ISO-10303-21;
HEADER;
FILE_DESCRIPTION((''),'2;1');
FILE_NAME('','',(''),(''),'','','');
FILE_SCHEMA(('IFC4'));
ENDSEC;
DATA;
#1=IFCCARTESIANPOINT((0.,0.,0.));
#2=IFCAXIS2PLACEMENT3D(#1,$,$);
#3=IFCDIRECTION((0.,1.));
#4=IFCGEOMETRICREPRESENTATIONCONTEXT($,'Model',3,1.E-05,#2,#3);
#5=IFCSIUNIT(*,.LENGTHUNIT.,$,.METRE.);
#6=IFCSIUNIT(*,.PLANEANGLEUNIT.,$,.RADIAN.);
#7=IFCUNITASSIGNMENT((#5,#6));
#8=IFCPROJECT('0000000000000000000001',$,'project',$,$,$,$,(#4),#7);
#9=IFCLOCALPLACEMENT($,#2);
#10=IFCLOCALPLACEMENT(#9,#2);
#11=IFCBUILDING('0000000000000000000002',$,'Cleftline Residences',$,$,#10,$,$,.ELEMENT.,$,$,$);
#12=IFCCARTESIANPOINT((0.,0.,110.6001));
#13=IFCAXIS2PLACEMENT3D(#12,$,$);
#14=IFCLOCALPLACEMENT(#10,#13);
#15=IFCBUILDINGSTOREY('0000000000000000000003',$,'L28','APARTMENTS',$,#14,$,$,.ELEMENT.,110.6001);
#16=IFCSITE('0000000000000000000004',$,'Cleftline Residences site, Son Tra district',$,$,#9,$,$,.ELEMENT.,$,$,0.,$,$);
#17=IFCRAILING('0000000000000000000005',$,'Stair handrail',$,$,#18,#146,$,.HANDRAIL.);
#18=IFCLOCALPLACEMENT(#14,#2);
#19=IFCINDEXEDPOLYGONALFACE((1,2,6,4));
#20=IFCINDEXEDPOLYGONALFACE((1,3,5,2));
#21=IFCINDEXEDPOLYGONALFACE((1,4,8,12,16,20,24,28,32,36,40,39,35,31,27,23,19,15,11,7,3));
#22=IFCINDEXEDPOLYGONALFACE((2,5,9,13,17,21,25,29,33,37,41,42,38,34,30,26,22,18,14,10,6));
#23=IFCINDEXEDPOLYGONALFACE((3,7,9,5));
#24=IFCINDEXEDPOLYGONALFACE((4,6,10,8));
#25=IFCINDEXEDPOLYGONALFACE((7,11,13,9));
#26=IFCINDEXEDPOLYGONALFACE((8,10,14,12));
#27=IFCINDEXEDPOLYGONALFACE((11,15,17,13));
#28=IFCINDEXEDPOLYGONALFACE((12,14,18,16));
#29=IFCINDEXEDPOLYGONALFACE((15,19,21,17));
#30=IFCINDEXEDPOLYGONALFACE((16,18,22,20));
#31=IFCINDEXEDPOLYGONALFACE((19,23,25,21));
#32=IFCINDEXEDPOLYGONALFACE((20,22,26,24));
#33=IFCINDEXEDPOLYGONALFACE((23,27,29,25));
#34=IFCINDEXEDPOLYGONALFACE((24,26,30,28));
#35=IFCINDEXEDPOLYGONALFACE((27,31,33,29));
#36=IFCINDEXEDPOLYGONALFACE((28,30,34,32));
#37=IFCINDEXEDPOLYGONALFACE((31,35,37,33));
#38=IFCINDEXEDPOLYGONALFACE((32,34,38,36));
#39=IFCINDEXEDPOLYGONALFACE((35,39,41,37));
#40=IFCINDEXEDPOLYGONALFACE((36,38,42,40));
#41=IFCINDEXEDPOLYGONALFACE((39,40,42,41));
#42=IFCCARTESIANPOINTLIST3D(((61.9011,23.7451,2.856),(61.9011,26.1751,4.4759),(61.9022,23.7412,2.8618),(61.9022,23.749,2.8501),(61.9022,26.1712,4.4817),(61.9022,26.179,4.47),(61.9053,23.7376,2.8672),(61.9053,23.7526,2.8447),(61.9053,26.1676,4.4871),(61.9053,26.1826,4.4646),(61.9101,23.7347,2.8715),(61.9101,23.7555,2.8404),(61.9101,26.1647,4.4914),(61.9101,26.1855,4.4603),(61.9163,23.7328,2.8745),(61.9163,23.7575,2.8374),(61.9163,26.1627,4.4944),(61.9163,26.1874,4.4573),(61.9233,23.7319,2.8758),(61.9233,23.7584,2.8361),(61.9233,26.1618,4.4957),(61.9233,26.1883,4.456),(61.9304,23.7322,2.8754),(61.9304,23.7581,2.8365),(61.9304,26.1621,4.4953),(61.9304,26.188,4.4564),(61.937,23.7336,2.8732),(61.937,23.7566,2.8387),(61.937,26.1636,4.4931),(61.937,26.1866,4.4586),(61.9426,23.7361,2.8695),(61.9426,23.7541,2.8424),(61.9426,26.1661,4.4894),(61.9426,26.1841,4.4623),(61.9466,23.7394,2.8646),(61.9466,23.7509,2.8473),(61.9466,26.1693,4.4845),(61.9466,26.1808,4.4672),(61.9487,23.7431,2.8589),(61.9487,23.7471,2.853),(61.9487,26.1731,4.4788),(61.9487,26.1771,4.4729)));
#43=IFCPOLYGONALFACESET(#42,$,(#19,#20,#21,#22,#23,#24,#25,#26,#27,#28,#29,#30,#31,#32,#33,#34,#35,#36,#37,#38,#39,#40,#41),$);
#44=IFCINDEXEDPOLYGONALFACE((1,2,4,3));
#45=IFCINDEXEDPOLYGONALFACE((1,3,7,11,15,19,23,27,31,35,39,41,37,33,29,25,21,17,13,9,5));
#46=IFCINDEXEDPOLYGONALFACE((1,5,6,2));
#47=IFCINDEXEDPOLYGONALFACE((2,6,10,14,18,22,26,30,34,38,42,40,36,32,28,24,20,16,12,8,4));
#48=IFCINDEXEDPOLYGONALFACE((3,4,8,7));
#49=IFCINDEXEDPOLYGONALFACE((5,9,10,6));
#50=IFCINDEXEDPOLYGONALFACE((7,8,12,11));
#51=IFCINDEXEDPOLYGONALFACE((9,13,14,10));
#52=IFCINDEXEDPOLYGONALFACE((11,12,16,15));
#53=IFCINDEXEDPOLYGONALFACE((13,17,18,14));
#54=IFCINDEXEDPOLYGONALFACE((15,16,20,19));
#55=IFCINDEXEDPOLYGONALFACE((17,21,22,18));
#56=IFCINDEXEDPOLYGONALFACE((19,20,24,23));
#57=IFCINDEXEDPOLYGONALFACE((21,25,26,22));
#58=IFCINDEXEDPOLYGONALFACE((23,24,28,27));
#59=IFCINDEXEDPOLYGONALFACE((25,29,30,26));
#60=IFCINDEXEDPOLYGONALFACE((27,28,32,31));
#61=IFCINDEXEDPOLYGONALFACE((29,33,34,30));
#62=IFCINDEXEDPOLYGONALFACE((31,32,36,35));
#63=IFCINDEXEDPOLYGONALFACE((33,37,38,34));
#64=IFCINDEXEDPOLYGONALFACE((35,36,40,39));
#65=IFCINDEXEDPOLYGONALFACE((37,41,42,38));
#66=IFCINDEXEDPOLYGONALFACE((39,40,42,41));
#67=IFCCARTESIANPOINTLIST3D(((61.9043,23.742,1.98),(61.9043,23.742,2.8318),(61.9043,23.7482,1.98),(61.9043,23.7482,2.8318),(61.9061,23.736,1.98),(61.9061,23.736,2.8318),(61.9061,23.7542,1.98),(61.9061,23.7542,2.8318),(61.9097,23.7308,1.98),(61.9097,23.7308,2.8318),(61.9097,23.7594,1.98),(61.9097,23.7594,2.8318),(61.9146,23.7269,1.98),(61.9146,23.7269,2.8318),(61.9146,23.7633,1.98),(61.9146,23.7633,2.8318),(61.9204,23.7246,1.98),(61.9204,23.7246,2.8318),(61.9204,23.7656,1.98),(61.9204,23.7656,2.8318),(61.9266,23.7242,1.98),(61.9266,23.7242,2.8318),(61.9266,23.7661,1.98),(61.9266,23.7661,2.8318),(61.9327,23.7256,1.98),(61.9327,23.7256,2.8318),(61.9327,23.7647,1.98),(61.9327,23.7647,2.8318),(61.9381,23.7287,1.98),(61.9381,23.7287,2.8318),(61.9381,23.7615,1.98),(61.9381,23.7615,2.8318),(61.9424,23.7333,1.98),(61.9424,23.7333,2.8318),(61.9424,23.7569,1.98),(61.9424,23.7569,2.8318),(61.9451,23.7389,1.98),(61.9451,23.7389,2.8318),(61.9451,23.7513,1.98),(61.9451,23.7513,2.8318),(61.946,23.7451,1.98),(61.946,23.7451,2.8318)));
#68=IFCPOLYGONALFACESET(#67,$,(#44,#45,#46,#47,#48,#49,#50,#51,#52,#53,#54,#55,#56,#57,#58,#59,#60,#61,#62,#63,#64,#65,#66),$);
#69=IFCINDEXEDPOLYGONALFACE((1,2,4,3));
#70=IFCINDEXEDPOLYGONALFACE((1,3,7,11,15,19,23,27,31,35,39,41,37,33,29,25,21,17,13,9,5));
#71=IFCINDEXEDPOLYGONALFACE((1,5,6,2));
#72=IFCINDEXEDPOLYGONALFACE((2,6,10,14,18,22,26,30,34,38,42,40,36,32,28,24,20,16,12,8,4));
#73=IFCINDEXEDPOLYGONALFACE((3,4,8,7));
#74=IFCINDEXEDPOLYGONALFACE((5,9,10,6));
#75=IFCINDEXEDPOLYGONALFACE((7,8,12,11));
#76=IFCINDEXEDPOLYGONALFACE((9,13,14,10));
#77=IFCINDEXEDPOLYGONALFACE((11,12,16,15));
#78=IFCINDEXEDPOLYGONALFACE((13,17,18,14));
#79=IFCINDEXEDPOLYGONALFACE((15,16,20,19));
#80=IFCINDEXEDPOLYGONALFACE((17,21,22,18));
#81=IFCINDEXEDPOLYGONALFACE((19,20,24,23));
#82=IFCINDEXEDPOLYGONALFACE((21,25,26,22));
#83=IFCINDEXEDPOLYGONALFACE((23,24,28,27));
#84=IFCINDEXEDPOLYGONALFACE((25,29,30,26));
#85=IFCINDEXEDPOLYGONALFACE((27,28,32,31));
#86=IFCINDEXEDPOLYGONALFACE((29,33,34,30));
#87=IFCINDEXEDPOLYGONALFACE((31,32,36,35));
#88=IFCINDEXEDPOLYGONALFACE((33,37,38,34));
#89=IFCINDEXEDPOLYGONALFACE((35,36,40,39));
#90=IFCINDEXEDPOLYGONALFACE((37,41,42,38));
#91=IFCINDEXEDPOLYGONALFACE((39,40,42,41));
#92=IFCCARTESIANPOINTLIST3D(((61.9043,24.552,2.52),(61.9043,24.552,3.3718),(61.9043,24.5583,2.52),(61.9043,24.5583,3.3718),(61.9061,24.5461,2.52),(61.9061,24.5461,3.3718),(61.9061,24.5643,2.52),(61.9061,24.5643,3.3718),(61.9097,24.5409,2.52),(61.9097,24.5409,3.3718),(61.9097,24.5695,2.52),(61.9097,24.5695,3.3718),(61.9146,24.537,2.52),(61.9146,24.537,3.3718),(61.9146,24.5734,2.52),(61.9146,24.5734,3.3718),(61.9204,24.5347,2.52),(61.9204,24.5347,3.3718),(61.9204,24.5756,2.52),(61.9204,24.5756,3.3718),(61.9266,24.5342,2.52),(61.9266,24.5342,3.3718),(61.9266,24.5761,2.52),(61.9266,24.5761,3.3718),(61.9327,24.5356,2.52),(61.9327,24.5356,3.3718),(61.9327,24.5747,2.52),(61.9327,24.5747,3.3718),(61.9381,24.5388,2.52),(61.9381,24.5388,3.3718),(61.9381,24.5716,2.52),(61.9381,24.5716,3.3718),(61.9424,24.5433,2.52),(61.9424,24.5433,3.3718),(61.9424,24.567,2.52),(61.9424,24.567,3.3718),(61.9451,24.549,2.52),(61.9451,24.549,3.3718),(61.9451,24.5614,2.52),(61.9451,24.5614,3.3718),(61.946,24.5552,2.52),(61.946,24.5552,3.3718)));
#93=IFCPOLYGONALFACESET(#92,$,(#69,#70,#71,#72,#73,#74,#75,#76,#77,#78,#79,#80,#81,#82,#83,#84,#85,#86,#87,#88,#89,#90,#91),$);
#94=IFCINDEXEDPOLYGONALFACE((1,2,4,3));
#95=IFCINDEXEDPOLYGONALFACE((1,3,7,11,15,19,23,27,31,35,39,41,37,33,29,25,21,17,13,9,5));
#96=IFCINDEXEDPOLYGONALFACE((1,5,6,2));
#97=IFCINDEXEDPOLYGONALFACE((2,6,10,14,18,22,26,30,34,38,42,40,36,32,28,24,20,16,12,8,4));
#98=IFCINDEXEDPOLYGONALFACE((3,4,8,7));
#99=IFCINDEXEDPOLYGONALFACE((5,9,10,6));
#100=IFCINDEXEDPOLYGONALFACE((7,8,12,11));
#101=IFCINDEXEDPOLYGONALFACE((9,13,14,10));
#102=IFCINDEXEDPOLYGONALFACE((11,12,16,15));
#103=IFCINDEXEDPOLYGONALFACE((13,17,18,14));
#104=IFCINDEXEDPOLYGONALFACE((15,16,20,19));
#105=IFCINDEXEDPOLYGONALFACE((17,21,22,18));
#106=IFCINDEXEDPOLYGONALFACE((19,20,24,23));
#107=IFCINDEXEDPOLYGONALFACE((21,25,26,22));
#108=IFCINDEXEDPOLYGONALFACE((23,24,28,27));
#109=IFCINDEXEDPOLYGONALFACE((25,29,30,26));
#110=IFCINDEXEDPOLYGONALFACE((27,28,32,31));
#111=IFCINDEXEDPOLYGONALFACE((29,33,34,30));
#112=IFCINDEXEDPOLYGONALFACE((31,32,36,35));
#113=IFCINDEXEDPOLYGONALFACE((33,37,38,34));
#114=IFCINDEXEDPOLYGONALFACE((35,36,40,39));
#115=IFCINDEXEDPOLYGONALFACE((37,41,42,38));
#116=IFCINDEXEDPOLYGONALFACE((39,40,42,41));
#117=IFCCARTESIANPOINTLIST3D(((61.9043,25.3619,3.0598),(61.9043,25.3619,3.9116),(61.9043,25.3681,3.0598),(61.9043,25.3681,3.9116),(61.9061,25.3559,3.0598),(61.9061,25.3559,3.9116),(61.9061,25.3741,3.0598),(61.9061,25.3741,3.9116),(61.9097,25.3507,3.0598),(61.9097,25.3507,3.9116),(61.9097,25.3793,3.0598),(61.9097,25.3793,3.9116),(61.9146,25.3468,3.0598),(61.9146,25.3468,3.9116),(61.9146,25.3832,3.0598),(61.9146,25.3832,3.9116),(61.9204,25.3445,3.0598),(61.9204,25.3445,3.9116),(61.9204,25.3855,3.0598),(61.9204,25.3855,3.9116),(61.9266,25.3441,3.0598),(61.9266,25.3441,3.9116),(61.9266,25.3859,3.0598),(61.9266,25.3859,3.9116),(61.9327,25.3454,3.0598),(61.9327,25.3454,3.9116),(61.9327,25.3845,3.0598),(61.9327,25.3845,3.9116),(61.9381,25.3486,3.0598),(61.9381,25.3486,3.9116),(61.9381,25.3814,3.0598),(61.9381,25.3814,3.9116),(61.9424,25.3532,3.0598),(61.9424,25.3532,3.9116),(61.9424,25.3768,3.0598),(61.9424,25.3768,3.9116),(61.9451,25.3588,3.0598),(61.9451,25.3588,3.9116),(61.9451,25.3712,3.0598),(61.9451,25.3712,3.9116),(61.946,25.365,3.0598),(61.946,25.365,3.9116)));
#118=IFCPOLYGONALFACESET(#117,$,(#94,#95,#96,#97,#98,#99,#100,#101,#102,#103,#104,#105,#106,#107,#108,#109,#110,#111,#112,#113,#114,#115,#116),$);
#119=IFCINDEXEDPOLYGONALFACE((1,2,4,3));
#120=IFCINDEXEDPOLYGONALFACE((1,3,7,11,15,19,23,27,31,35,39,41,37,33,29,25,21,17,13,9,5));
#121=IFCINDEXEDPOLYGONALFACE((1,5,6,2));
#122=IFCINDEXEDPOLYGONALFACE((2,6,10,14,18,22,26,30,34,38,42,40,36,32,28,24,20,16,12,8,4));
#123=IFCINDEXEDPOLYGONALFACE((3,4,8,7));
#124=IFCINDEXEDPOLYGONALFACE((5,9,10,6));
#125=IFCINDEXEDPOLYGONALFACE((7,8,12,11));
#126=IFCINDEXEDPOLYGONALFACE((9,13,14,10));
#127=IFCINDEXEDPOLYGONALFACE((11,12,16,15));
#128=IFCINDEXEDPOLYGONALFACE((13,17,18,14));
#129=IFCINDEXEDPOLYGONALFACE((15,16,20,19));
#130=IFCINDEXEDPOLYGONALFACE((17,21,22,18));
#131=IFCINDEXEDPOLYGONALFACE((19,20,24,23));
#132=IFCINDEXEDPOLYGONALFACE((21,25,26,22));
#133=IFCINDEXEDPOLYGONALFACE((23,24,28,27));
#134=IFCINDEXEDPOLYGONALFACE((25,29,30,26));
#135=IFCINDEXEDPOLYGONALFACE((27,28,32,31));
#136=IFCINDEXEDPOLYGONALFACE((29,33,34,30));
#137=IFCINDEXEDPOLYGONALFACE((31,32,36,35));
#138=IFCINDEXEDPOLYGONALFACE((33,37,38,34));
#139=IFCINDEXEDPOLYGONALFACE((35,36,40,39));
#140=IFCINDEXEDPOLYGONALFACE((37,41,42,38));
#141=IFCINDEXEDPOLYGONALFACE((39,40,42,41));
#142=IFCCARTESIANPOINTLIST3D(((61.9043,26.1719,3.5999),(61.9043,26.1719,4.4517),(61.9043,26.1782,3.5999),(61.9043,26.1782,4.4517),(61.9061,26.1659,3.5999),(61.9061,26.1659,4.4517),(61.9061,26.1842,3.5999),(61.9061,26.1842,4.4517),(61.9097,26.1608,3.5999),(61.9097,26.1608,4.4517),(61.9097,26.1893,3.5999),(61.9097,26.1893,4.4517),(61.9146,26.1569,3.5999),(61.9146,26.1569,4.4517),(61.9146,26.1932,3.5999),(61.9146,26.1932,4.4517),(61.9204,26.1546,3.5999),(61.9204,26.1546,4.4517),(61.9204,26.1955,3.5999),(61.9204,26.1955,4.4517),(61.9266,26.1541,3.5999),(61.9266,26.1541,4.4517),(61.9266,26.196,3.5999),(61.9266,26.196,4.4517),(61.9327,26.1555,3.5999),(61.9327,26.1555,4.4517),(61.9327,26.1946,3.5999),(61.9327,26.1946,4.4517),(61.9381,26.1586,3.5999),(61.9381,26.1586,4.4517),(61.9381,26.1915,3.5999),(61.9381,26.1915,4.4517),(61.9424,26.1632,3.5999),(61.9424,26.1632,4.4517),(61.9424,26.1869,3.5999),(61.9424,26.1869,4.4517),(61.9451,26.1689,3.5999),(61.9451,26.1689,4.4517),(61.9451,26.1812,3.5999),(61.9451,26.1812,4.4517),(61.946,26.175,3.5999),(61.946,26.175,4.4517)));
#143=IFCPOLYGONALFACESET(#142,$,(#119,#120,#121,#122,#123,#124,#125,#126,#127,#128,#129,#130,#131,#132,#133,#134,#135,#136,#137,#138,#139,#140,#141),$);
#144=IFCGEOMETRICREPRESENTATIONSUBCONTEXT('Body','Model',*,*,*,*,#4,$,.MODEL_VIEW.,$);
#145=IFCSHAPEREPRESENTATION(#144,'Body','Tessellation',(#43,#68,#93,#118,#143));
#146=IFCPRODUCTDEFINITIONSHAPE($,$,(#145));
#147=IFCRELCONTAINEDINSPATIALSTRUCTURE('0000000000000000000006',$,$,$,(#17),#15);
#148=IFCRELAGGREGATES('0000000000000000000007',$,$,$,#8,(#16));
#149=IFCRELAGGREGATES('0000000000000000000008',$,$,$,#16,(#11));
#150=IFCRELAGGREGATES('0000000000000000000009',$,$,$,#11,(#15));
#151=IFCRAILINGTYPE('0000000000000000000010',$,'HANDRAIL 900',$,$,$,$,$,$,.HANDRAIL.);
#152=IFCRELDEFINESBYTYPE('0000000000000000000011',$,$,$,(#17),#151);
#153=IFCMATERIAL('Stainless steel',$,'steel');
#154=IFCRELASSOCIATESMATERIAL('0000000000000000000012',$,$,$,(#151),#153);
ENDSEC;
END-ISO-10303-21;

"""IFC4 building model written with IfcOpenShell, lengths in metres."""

from ifc_helpers import new_model, si_unit, direction, frame, origin, origin_2d, place, context, subcontext, project, spatial, circle, extrude, material, type_object, element, save


model = new_model("IFC4")

# Units and contexts
model_context = context("Model", 3, precision=1e-05, world=origin(), true_north=direction((0.0, 1.0)))
body_context = subcontext(model_context, "Body", "Model", "MODEL_VIEW")
ifc_project = project(units=[si_unit("LENGTHUNIT", "METRE"), si_unit("PLANEANGLEUNIT", "RADIAN")], contexts=[model_context])

# Site, building, storey
site_placement = place(None, origin())
site = spatial("IfcSite", under=ifc_project, at=site_placement, Name="Cleftline Residences site, Son Tra district", CompositionType="ELEMENT", RefElevation=0.0)
building_placement = place(site_placement, origin())
building = spatial("IfcBuilding", under=site, at=building_placement, Name="Cleftline Residences", CompositionType="ELEMENT")
storey_placement = place(building_placement, frame((0.0, 0.0, 110.6001)))
storey = spatial("IfcBuildingStorey", under=building, at=storey_placement, Name="L28", Description="APARTMENTS", CompositionType="ELEMENT", Elevation=110.6001)

# Railing
ifc_material_1 = material(Name="Stainless steel", Category="steel")
railing_type = type_object("IfcRailingType", Name="HANDRAIL 900", PredefinedType="HANDRAIL", material=ifc_material_1)
railing_placement = place(storey_placement, frame((61.925, 23.7451, 1.98)))
element("IfcRailing", 1, at=railing_placement, inside=storey, type_object=railing_type, Name="Stair handrail", PredefinedType="HANDRAIL", context=body_context, shape_type="SweptSolid", body=[
    extrude(circle(Radius=0.0239, at=origin_2d()), frame((0.0, 0.0, 0.876), z_axis=(0.0, 0.832063, 0.554681), x_axis=(-1.0, 0.0, 0.0)), (0.0, 0.0, 1.0), 2.9204),
    extrude(circle(Radius=0.021, at=origin_2d()), origin(), (0.0, 0.0, 1.0), 0.8518),
    extrude(circle(Radius=0.021, at=origin_2d()), frame((0.0, 0.8101, 0.54)), (0.0, 0.0, 1.0), 0.8518),
    extrude(circle(Radius=0.021, at=origin_2d()), frame((0.0, 1.6199, 1.0798)), (0.0, 0.0, 1.0), 0.8518),
    extrude(circle(Radius=0.021, at=origin_2d()), frame((0.0, 2.4299, 1.6199)), (0.0, 0.0, 1.0), 0.8518),
])

save(model, "model.ifc")
